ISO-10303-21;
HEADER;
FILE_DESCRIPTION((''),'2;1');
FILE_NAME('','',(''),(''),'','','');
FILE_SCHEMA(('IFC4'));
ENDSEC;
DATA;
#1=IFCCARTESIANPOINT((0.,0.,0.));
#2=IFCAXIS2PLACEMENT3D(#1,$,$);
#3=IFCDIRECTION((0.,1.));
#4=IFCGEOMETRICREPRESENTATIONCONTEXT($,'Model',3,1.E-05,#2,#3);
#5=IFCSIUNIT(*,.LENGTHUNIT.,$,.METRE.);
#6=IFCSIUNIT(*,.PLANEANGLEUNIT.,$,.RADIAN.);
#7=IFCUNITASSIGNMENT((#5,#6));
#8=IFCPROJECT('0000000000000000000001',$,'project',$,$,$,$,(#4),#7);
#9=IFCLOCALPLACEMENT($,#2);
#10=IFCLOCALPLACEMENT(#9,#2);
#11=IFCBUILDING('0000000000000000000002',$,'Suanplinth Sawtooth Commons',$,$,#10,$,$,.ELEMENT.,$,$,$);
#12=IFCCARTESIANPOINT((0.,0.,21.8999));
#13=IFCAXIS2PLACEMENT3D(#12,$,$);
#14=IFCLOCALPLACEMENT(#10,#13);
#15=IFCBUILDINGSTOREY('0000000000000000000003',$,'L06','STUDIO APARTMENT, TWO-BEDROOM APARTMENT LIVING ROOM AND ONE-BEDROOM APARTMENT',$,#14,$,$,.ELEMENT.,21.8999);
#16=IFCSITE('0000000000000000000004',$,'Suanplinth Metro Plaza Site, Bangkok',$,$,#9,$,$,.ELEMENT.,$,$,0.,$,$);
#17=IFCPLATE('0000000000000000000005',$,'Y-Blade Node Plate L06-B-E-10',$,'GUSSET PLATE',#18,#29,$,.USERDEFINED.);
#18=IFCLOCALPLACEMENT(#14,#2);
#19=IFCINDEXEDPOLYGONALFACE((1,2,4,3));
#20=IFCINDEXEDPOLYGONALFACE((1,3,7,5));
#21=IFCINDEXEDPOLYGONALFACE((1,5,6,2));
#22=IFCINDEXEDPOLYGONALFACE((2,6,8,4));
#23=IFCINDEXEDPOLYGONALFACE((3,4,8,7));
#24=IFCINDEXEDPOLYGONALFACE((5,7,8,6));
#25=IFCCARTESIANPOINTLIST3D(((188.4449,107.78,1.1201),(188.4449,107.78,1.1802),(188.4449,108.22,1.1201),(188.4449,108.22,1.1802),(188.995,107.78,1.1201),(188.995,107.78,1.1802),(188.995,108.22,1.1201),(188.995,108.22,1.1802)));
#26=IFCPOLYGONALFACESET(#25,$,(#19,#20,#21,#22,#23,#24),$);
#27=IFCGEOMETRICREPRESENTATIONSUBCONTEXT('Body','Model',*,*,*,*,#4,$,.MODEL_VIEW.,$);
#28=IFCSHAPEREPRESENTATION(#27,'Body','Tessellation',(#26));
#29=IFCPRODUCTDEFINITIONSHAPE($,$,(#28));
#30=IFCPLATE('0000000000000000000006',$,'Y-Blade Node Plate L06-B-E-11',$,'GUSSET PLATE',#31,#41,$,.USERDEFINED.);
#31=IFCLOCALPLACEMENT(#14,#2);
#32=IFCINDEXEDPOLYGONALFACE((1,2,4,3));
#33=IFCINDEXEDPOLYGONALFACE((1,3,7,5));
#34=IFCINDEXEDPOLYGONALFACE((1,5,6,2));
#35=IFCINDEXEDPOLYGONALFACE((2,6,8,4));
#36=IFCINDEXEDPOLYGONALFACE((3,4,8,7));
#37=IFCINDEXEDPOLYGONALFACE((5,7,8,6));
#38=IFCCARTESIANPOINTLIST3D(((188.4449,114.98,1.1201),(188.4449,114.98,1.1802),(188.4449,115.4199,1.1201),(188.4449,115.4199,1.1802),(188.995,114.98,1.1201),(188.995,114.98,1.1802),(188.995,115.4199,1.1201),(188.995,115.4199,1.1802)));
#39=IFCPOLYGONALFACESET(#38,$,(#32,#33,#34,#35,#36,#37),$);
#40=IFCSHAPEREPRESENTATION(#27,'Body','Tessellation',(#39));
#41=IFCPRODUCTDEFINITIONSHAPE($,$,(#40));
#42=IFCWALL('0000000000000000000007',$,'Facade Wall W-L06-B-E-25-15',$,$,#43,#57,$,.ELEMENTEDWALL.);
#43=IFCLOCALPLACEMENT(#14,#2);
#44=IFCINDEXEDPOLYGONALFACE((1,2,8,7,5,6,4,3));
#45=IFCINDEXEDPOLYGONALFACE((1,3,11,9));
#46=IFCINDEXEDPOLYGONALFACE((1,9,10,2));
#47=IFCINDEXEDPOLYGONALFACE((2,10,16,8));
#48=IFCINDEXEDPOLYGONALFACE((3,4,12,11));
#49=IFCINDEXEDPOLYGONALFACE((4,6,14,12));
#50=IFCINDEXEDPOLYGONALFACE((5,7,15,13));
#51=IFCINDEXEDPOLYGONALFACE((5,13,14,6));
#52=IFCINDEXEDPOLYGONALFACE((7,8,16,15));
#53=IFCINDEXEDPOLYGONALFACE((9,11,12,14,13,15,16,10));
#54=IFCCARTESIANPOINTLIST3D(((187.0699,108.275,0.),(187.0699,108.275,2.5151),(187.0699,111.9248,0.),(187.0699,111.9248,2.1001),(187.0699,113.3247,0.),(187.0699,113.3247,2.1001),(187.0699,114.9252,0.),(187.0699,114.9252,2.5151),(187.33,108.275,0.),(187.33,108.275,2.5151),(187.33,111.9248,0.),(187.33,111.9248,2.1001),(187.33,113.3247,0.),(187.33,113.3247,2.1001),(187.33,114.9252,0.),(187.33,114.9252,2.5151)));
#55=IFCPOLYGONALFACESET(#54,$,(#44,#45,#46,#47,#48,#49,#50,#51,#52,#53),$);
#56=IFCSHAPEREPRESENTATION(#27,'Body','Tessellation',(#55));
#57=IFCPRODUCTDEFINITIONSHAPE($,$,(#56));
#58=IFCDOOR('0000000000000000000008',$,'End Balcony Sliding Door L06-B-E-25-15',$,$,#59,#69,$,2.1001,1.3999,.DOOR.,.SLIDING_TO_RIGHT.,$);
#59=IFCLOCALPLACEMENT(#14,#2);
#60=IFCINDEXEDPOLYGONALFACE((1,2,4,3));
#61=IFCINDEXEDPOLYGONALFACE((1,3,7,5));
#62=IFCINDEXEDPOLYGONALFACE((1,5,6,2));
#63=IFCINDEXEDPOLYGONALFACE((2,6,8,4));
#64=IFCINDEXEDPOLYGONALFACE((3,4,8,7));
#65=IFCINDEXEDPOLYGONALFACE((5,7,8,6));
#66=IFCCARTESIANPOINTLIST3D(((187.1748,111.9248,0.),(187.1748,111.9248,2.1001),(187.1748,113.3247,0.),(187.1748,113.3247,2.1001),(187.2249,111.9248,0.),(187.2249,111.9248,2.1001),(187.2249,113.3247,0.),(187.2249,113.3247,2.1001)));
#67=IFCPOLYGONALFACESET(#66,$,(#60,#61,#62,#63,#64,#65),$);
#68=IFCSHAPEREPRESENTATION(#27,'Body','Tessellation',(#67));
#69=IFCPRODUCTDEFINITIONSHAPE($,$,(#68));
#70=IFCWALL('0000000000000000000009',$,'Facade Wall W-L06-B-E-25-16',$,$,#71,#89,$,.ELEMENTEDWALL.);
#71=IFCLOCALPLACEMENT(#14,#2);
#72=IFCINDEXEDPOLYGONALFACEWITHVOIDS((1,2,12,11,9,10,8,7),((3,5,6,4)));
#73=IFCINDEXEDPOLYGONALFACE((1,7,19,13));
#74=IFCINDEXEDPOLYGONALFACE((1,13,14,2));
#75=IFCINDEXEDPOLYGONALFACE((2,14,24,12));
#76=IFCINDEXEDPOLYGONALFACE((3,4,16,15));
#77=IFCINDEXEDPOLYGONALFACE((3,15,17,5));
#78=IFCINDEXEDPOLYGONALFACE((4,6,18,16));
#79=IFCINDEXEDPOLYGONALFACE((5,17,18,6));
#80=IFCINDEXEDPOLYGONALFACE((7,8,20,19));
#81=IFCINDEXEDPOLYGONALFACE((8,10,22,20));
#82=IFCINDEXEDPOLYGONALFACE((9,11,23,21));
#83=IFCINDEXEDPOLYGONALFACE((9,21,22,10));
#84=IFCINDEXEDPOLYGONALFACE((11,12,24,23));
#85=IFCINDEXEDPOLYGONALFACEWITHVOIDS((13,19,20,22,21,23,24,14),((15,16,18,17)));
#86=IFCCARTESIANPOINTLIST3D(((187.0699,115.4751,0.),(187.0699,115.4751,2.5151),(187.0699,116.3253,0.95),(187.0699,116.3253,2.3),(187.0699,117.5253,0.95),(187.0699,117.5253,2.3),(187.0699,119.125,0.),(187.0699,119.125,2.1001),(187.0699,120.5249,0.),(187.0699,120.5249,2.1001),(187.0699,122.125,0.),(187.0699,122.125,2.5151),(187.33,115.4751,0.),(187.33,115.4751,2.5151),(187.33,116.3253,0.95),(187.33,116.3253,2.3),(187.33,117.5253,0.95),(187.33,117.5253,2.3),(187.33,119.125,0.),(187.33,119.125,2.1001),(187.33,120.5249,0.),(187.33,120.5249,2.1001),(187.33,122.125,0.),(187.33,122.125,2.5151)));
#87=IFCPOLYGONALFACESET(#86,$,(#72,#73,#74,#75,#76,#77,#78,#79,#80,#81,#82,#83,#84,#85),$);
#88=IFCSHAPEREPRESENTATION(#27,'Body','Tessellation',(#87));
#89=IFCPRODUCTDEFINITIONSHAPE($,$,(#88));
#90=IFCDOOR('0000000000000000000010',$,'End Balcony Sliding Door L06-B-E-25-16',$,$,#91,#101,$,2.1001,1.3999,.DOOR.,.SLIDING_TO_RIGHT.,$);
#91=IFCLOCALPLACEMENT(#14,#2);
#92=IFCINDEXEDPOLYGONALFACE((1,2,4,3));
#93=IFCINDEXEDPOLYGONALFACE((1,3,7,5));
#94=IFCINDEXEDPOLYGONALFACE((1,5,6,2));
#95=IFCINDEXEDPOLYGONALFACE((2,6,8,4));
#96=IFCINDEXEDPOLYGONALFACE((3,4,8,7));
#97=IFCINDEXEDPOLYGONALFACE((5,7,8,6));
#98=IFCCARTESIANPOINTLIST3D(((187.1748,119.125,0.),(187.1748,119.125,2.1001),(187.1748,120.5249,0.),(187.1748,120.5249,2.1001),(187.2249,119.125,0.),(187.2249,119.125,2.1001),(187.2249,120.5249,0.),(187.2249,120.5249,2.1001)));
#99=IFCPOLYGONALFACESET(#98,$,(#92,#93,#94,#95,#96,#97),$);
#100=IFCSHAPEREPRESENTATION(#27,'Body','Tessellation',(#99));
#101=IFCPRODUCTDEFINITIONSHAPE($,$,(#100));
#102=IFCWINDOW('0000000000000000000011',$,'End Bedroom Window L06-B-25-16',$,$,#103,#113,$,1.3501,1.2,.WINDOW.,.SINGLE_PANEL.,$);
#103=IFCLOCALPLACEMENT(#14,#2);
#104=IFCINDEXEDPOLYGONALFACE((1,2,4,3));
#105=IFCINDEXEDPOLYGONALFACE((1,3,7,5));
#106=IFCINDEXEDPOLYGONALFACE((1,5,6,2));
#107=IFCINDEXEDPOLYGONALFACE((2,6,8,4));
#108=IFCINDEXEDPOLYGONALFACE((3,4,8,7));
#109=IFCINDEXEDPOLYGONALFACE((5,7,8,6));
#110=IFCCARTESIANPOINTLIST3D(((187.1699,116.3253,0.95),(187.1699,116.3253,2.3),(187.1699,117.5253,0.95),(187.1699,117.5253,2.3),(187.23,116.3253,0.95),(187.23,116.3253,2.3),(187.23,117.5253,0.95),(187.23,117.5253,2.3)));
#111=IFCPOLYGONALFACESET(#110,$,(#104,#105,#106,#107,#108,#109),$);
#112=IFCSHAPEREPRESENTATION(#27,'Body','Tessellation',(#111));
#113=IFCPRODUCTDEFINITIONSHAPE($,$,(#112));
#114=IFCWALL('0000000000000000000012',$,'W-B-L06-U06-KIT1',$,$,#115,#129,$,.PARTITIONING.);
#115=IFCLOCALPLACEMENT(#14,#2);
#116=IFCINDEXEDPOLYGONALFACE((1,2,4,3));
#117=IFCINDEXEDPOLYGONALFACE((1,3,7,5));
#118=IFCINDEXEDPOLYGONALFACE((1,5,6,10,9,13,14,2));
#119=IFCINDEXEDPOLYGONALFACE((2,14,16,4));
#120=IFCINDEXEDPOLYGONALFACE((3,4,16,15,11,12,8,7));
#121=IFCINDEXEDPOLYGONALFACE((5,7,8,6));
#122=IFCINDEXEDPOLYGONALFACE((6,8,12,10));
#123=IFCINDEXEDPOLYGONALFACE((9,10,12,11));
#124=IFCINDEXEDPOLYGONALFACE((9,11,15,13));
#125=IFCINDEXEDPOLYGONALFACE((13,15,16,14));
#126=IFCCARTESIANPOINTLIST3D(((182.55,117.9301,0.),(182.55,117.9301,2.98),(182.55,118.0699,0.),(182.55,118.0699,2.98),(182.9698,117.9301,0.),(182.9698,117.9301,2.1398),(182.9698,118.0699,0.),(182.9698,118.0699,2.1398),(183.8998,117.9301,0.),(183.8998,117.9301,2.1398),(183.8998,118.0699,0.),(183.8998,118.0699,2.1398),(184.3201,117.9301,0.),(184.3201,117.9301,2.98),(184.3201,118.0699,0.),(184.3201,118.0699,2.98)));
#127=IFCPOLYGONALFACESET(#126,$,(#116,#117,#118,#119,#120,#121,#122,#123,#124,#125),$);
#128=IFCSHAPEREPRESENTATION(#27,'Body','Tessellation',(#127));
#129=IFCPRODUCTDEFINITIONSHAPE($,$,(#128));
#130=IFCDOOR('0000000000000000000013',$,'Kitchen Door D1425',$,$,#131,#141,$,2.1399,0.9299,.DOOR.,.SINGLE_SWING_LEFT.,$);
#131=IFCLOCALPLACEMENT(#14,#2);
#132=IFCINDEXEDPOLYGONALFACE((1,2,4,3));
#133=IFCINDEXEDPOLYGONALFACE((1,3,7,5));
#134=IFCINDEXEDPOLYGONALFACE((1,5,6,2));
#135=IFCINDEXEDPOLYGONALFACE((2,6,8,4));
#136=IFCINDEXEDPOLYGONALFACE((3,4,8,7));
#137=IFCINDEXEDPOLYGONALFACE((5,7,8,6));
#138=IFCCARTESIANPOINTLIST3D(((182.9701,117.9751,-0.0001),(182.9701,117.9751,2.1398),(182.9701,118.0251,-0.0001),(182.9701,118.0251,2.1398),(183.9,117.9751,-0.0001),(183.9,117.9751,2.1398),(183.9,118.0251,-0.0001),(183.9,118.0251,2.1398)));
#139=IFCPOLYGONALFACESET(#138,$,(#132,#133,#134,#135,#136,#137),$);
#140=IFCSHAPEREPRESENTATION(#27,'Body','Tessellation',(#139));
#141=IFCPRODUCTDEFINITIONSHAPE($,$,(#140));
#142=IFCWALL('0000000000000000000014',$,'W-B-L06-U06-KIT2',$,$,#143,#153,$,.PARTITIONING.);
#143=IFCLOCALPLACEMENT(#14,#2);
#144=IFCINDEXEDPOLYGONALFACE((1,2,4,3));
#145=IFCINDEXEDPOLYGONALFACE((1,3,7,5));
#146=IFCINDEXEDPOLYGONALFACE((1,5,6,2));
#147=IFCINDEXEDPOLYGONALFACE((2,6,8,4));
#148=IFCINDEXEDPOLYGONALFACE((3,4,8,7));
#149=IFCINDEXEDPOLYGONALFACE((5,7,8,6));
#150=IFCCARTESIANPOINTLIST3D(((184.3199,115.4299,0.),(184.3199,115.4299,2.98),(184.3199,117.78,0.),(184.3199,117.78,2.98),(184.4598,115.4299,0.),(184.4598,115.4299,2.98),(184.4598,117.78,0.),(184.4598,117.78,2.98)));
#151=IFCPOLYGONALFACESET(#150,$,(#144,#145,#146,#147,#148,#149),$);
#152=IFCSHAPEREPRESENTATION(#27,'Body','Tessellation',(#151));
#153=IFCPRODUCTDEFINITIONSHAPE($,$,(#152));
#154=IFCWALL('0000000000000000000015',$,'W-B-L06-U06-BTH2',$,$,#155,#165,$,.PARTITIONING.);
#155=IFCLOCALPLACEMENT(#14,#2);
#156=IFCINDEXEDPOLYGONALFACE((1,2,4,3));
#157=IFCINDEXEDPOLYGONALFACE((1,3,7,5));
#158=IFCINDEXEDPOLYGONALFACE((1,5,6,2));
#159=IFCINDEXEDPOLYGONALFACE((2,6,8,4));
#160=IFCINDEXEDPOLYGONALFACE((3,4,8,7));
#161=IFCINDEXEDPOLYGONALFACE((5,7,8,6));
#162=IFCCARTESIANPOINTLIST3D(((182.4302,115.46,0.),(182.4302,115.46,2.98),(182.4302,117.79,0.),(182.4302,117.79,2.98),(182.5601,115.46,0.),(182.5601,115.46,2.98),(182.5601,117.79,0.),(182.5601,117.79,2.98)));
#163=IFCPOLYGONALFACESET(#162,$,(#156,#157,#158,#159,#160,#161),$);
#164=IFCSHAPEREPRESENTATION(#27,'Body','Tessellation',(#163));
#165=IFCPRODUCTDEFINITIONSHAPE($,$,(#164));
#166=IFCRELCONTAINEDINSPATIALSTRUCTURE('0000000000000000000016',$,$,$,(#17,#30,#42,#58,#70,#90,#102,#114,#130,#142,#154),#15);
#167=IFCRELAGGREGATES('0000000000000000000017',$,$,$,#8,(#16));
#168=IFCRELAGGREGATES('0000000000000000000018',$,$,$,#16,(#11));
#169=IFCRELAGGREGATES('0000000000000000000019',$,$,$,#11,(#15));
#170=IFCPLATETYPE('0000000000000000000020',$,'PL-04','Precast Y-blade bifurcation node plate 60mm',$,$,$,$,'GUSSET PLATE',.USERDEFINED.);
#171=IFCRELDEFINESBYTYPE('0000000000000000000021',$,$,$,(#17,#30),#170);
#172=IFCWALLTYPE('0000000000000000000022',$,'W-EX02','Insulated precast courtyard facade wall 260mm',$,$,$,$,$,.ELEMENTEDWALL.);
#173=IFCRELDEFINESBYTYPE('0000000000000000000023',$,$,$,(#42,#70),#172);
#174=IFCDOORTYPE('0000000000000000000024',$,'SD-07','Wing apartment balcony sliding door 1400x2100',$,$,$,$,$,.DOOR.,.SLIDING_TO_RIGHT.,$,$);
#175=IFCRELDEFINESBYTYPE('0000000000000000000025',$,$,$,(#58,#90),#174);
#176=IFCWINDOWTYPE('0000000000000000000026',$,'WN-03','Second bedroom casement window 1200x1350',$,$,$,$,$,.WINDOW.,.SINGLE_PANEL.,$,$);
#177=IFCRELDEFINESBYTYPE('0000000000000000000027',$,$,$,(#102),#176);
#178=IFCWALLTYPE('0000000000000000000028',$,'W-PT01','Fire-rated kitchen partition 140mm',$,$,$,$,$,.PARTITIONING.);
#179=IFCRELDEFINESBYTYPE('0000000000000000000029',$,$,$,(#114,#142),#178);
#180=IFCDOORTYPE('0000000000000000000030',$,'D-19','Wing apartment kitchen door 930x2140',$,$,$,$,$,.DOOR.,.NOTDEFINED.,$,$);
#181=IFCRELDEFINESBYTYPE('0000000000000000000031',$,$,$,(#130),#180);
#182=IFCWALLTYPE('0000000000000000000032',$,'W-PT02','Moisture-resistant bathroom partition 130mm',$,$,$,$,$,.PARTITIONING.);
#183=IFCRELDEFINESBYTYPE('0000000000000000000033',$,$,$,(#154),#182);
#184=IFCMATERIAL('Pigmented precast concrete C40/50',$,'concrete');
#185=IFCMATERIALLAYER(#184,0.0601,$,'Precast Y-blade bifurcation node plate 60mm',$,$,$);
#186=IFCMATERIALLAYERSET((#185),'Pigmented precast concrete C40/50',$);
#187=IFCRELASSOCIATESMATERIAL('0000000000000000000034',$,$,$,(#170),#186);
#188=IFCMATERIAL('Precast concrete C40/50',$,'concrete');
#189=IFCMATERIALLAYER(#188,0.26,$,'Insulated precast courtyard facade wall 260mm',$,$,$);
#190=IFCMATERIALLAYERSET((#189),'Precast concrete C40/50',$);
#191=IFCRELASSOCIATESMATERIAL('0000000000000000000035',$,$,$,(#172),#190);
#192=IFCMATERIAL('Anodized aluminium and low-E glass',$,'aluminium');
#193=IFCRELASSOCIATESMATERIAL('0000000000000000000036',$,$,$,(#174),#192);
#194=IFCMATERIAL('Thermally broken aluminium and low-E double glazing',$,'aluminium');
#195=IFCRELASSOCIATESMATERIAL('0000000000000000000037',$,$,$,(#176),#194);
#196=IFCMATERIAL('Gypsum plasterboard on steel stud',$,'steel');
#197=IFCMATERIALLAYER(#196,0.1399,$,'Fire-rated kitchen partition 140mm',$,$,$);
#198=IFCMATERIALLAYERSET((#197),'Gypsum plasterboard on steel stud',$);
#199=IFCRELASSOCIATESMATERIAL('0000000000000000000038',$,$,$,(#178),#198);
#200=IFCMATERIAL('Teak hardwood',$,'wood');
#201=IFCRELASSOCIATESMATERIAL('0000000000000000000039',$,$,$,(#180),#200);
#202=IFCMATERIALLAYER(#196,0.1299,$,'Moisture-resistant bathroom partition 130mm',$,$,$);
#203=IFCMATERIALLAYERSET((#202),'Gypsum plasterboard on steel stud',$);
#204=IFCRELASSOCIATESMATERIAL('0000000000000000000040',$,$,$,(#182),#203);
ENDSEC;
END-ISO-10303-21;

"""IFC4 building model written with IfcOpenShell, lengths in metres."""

from ifc_helpers import new_model, si_unit, direction, frame, frame_2d, origin, origin_2d, place, context, subcontext, project, spatial, rectangle, extrude, material, layer, layer_set, type_object, element, fill, save


model = new_model("IFC4")

# Units and contexts
model_context = context("Model", 3, precision=1e-05, world=origin(), true_north=direction((0.0, 1.0)))
body_context = subcontext(model_context, "Body", "Model", "MODEL_VIEW")
ifc_project = project(units=[si_unit("LENGTHUNIT", "METRE"), si_unit("PLANEANGLEUNIT", "RADIAN")], contexts=[model_context])

# Site, building, storey
site_placement = place(None, origin())
site = spatial("IfcSite", under=ifc_project, at=site_placement, Name="Suanplinth Metro Plaza Site, Bangkok", CompositionType="ELEMENT", RefElevation=0.0)
building_placement = place(site_placement, origin())
building = spatial("IfcBuilding", under=site, at=building_placement, Name="Suanplinth Sawtooth Commons", CompositionType="ELEMENT")
storey_placement = place(building_placement, frame((0.0, 0.0, 21.8999)))
storey = spatial("IfcBuildingStorey", under=building, at=storey_placement, Name="L06", Description="STUDIO APARTMENT, TWO-BEDROOM APARTMENT LIVING ROOM AND ONE-BEDROOM APARTMENT", CompositionType="ELEMENT", Elevation=21.8999)

# Shared definitions
ifc_material_1 = material(Name="Precast concrete C40/50", Category="concrete")

# Shared definitions
ifc_material_2 = material(Name="Pigmented precast concrete C40/50", Category="concrete")

# Plates
ifc_layer_1 = layer(ifc_material_2, 0.0601, Name="Precast Y-blade bifurcation node plate 60mm")
ifc_layer_set_1 = layer_set([ifc_layer_1], Name="Pigmented precast concrete C40/50")
plate_type = type_object("IfcPlateType", Name="PL-04", Description="Precast Y-blade bifurcation node plate 60mm", ElementType="GUSSET PLATE", PredefinedType="USERDEFINED", material=ifc_layer_set_1)
for number, where, z_axis, x_axis, name in (
    (1, (188.72, 108.0, 1.1201), (0.0, 0.0, 1.0), (0.0, 1.0, 0.0), "Y-Blade Node Plate L06-B-E-10"),
    (2, (188.72, 115.2, 1.1201), (0.0, 0.0, 1.0), (0.0, 1.0, 0.0), "Y-Blade Node Plate L06-B-E-11"),
):
    element("IfcPlate", number, at=place(storey_placement, frame(where, z_axis=z_axis, x_axis=x_axis)), inside=storey, type_object=plate_type, Name=name, ObjectType="GUSSET PLATE", PredefinedType="USERDEFINED", context=body_context, shape_type="SweptSolid", body=[
        extrude(rectangle(XDim=0.4399, YDim=0.55, at=origin_2d()), origin(), (0.0, 0.0, 1.0), 0.0601),
    ])

# Wall, opening, door
ifc_layer_2 = layer(ifc_material_1, 0.26, Name="Insulated precast courtyard facade wall 260mm")
ifc_layer_set_2 = layer_set([ifc_layer_2], Name="Precast concrete C40/50")
wall_type_1 = type_object("IfcWallType", Name="W-EX02", Description="Insulated precast courtyard facade wall 260mm", PredefinedType="ELEMENTEDWALL", material=ifc_layer_set_2)
wall_1_placement = place(storey_placement, frame((187.2, 108.2749, 0.0), z_axis=(0.0, 0.0, 1.0), x_axis=(0.0, 1.0, 0.0)))
wall_1 = element("IfcWall", 3, at=wall_1_placement, inside=storey, type_object=wall_type_1, Name="Facade Wall W-L06-B-E-25-15", PredefinedType="ELEMENTEDWALL", context=body_context, shape_type="SweptSolid", body=[
    extrude(rectangle(XDim=6.6501, YDim=0.26, at=frame_2d((3.3252, 0.0))), origin(), (0.0, 0.0, 1.0), 2.5151),
])
opening_1_placement = place(wall_1_placement, frame((3.6499, 0.0, 0.0)))
opening_1 = element("IfcOpeningElement", 4, at=opening_1_placement, cuts=wall_1, PredefinedType="OPENING", context=body_context, shape_type="SweptSolid", body=[
    extrude(rectangle(XDim=1.3999, YDim=2.1001, at=frame_2d((0.7, 1.05))), frame((0.0, 0.145, 0.0), z_axis=(0.0, -1.0, 0.0), x_axis=(1.0, 0.0, 0.0)), (0.0, 0.0, 1.0), 0.2898),
])
ifc_material_3 = material(Name="Anodized aluminium and low-E glass", Category="aluminium")
door_type_1 = type_object("IfcDoorType", Name="SD-07", Description="Wing apartment balcony sliding door 1400x2100", OperationType="SLIDING_TO_RIGHT", PredefinedType="DOOR", material=ifc_material_3)
door_1_placement = place(opening_1_placement, frame((1.3999, 0.0, 0.0), z_axis=(0.0, 0.0, 1.0), x_axis=(-1.0, 0.0, 0.0)))
door_1 = element("IfcDoor", 5, at=door_1_placement, inside=storey, type_object=door_type_1, Name="End Balcony Sliding Door L06-B-E-25-15", OperationType="SLIDING_TO_RIGHT", OverallHeight=2.1001, OverallWidth=1.3999, PredefinedType="DOOR", context=body_context, shape_type="SweptSolid", body=[
    extrude(rectangle(XDim=1.3999, YDim=2.1001, at=frame_2d((0.7, 1.05))), frame((0.0, 0.0249, 0.0), z_axis=(0.0, -1.0, 0.0), x_axis=(1.0, 0.0, 0.0)), (0.0, 0.0, 1.0), 0.05),
])
fill(opening_1, door_1)

# Wall, openings, door, window
wall_2_placement = place(storey_placement, frame((187.2, 115.4751, 0.0), z_axis=(0.0, 0.0, 1.0), x_axis=(0.0, 1.0, 0.0)))
wall_2 = element("IfcWall", 6, at=wall_2_placement, inside=storey, type_object=wall_type_1, Name="Facade Wall W-L06-B-E-25-16", PredefinedType="ELEMENTEDWALL", context=body_context, shape_type="SweptSolid", body=[
    extrude(rectangle(XDim=6.6499, YDim=0.26, at=frame_2d((3.325, 0.0))), origin(), (0.0, 0.0, 1.0), 2.5151),
])
opening_2_placement = place(wall_2_placement, frame((3.6499, 0.0, 0.0)))
opening_2 = element("IfcOpeningElement", 7, at=opening_2_placement, cuts=wall_2, PredefinedType="OPENING", context=body_context, shape_type="SweptSolid", body=[
    extrude(rectangle(XDim=1.3999, YDim=2.1001, at=frame_2d((0.7, 1.05))), frame((0.0, 0.145, 0.0), z_axis=(0.0, -1.0, 0.0), x_axis=(1.0, 0.0, 0.0)), (0.0, 0.0, 1.0), 0.2898),
])
opening_3_placement = place(wall_2_placement, frame((0.8501, 0.0, 0.95)))
opening_3 = element("IfcOpeningElement", 8, at=opening_3_placement, cuts=wall_2, PredefinedType="OPENING", context=body_context, shape_type="SweptSolid", body=[
    extrude(rectangle(XDim=1.2, YDim=1.3501, at=frame_2d((0.6001, 0.675))), frame((0.0, 0.145, 0.0), z_axis=(0.0, -1.0, 0.0), x_axis=(1.0, 0.0, 0.0)), (0.0, 0.0, 1.0), 0.2898),
])
door_2_placement = place(opening_2_placement, frame((1.3999, 0.0, 0.0), z_axis=(0.0, 0.0, 1.0), x_axis=(-1.0, 0.0, 0.0)))
door_2 = element("IfcDoor", 9, at=door_2_placement, inside=storey, type_object=door_type_1, Name="End Balcony Sliding Door L06-B-E-25-16", OperationType="SLIDING_TO_RIGHT", OverallHeight=2.1001, OverallWidth=1.3999, PredefinedType="DOOR", context=body_context, shape_type="SweptSolid", body=[
    extrude(rectangle(XDim=1.3999, YDim=2.1001, at=frame_2d((0.7, 1.05))), frame((0.0, 0.0249, 0.0), z_axis=(0.0, -1.0, 0.0), x_axis=(1.0, 0.0, 0.0)), (0.0, 0.0, 1.0), 0.05),
])
fill(opening_2, door_2)
ifc_material_4 = material(Name="Thermally broken aluminium and low-E double glazing", Category="aluminium")
window_type = type_object("IfcWindowType", Name="WN-03", Description="Second bedroom casement window 1200x1350", PartitioningType="SINGLE_PANEL", PredefinedType="WINDOW", material=ifc_material_4)
window_placement = place(opening_3_placement, origin())
window = element("IfcWindow", 10, at=window_placement, inside=storey, type_object=window_type, Name="End Bedroom Window L06-B-25-16", OverallHeight=1.3501, OverallWidth=1.2, PartitioningType="SINGLE_PANEL", PredefinedType="WINDOW", context=body_context, shape_type="SweptSolid", body=[
    extrude(rectangle(XDim=1.2, YDim=1.3501, at=frame_2d((0.6001, 0.675))), frame((0.0, 0.03, 0.0), z_axis=(0.0, -1.0, 0.0), x_axis=(1.0, 0.0, 0.0)), (0.0, 0.0, 1.0), 0.0601),
])
fill(opening_3, window)

# Wall, opening, door
ifc_material_5 = material(Name="Gypsum plasterboard on steel stud", Category="steel")
ifc_layer_3 = layer(ifc_material_5, 0.1399, Name="Fire-rated kitchen partition 140mm")
ifc_layer_set_3 = layer_set([ifc_layer_3], Name="Gypsum plasterboard on steel stud")
wall_type_2 = type_object("IfcWallType", Name="W-PT01", Description="Fire-rated kitchen partition 140mm", PredefinedType="PARTITIONING", material=ifc_layer_set_3)
wall_3_placement = place(storey_placement, frame((182.55, 118.0, 0.0), z_axis=(0.0, 0.0, 1.0), x_axis=(1.0, 0.0, 0.0)))
wall_3 = element("IfcWall", 11, at=wall_3_placement, inside=storey, type_object=wall_type_2, Name="W-B-L06-U06-KIT1", PredefinedType="PARTITIONING", context=body_context, shape_type="SweptSolid", body=[
    extrude(rectangle(XDim=1.77, YDim=0.1399, at=frame_2d((0.885, 0.0))), origin(), (0.0, 0.0, 1.0), 2.98),
])
opening_4_placement = place(wall_3_placement, frame((0.4199, 0.0, 0.0)))
opening_4 = element("IfcOpeningElement", 12, at=opening_4_placement, cuts=wall_3, PredefinedType="OPENING", context=body_context, shape_type="SweptSolid", body=[
    extrude(rectangle(XDim=0.9299, YDim=2.1399, at=frame_2d((0.4648, 1.0698))), frame((0.0, 0.085, 0.0), z_axis=(0.0, -1.0, 0.0), x_axis=(1.0, 0.0, 0.0)), (0.0, 0.0, 1.0), 0.1697),
])
ifc_material_6 = material(Name="Teak hardwood", Category="wood")
door_type_2 = type_object("IfcDoorType", Name="D-19", Description="Wing apartment kitchen door 930x2140", OperationType="NOTDEFINED", PredefinedType="DOOR", material=ifc_material_6)
door_3_placement = place(opening_4_placement, frame((0.9299, 0.0, 0.0), z_axis=(0.0, 0.0, 1.0), x_axis=(-1.0, 0.0, 0.0)))
door_3 = element("IfcDoor", 13, at=door_3_placement, inside=storey, type_object=door_type_2, Name="Kitchen Door D1425", OperationType="SINGLE_SWING_LEFT", OverallHeight=2.1399, OverallWidth=0.9299, PredefinedType="DOOR", context=body_context, shape_type="SweptSolid", body=[
    extrude(rectangle(XDim=0.9299, YDim=2.1399, at=frame_2d((0.4648, 1.0698))), frame((0.0, 0.0249, 0.0), z_axis=(0.0, -1.0, 0.0), x_axis=(1.0, 0.0, 0.0)), (0.0, 0.0, 1.0), 0.05),
])
fill(opening_4, door_3)

# Walls
wall_4_placement = place(storey_placement, frame((184.3899, 115.4299, 0.0), z_axis=(0.0, 0.0, 1.0), x_axis=(0.0, 1.0, 0.0)))
element("IfcWall", 14, at=wall_4_placement, inside=storey, type_object=wall_type_2, Name="W-B-L06-U06-KIT2", PredefinedType="PARTITIONING", context=body_context, shape_type="SweptSolid", body=[
    extrude(rectangle(XDim=2.3501, YDim=0.1399, at=frame_2d((1.175, 0.0))), origin(), (0.0, 0.0, 1.0), 2.98),
])
ifc_layer_4 = layer(ifc_material_5, 0.1299, Name="Moisture-resistant bathroom partition 130mm")
ifc_layer_set_4 = layer_set([ifc_layer_4], Name="Gypsum plasterboard on steel stud")
wall_type_3 = type_object("IfcWallType", Name="W-PT02", Description="Moisture-resistant bathroom partition 130mm", PredefinedType="PARTITIONING", material=ifc_layer_set_4)
wall_5_placement = place(storey_placement, frame((182.4951, 115.46, 0.0), z_axis=(0.0, 0.0, 1.0), x_axis=(0.0, 1.0, 0.0)))
element("IfcWall", 15, at=wall_5_placement, inside=storey, type_object=wall_type_3, Name="W-B-L06-U06-BTH2", PredefinedType="PARTITIONING", context=body_context, shape_type="SweptSolid", body=[
    extrude(rectangle(XDim=2.3301, YDim=0.1299, at=frame_2d((1.165, 0.0))), origin(), (0.0, 0.0, 1.0), 2.98),
])

save(model, "model.ifc")
